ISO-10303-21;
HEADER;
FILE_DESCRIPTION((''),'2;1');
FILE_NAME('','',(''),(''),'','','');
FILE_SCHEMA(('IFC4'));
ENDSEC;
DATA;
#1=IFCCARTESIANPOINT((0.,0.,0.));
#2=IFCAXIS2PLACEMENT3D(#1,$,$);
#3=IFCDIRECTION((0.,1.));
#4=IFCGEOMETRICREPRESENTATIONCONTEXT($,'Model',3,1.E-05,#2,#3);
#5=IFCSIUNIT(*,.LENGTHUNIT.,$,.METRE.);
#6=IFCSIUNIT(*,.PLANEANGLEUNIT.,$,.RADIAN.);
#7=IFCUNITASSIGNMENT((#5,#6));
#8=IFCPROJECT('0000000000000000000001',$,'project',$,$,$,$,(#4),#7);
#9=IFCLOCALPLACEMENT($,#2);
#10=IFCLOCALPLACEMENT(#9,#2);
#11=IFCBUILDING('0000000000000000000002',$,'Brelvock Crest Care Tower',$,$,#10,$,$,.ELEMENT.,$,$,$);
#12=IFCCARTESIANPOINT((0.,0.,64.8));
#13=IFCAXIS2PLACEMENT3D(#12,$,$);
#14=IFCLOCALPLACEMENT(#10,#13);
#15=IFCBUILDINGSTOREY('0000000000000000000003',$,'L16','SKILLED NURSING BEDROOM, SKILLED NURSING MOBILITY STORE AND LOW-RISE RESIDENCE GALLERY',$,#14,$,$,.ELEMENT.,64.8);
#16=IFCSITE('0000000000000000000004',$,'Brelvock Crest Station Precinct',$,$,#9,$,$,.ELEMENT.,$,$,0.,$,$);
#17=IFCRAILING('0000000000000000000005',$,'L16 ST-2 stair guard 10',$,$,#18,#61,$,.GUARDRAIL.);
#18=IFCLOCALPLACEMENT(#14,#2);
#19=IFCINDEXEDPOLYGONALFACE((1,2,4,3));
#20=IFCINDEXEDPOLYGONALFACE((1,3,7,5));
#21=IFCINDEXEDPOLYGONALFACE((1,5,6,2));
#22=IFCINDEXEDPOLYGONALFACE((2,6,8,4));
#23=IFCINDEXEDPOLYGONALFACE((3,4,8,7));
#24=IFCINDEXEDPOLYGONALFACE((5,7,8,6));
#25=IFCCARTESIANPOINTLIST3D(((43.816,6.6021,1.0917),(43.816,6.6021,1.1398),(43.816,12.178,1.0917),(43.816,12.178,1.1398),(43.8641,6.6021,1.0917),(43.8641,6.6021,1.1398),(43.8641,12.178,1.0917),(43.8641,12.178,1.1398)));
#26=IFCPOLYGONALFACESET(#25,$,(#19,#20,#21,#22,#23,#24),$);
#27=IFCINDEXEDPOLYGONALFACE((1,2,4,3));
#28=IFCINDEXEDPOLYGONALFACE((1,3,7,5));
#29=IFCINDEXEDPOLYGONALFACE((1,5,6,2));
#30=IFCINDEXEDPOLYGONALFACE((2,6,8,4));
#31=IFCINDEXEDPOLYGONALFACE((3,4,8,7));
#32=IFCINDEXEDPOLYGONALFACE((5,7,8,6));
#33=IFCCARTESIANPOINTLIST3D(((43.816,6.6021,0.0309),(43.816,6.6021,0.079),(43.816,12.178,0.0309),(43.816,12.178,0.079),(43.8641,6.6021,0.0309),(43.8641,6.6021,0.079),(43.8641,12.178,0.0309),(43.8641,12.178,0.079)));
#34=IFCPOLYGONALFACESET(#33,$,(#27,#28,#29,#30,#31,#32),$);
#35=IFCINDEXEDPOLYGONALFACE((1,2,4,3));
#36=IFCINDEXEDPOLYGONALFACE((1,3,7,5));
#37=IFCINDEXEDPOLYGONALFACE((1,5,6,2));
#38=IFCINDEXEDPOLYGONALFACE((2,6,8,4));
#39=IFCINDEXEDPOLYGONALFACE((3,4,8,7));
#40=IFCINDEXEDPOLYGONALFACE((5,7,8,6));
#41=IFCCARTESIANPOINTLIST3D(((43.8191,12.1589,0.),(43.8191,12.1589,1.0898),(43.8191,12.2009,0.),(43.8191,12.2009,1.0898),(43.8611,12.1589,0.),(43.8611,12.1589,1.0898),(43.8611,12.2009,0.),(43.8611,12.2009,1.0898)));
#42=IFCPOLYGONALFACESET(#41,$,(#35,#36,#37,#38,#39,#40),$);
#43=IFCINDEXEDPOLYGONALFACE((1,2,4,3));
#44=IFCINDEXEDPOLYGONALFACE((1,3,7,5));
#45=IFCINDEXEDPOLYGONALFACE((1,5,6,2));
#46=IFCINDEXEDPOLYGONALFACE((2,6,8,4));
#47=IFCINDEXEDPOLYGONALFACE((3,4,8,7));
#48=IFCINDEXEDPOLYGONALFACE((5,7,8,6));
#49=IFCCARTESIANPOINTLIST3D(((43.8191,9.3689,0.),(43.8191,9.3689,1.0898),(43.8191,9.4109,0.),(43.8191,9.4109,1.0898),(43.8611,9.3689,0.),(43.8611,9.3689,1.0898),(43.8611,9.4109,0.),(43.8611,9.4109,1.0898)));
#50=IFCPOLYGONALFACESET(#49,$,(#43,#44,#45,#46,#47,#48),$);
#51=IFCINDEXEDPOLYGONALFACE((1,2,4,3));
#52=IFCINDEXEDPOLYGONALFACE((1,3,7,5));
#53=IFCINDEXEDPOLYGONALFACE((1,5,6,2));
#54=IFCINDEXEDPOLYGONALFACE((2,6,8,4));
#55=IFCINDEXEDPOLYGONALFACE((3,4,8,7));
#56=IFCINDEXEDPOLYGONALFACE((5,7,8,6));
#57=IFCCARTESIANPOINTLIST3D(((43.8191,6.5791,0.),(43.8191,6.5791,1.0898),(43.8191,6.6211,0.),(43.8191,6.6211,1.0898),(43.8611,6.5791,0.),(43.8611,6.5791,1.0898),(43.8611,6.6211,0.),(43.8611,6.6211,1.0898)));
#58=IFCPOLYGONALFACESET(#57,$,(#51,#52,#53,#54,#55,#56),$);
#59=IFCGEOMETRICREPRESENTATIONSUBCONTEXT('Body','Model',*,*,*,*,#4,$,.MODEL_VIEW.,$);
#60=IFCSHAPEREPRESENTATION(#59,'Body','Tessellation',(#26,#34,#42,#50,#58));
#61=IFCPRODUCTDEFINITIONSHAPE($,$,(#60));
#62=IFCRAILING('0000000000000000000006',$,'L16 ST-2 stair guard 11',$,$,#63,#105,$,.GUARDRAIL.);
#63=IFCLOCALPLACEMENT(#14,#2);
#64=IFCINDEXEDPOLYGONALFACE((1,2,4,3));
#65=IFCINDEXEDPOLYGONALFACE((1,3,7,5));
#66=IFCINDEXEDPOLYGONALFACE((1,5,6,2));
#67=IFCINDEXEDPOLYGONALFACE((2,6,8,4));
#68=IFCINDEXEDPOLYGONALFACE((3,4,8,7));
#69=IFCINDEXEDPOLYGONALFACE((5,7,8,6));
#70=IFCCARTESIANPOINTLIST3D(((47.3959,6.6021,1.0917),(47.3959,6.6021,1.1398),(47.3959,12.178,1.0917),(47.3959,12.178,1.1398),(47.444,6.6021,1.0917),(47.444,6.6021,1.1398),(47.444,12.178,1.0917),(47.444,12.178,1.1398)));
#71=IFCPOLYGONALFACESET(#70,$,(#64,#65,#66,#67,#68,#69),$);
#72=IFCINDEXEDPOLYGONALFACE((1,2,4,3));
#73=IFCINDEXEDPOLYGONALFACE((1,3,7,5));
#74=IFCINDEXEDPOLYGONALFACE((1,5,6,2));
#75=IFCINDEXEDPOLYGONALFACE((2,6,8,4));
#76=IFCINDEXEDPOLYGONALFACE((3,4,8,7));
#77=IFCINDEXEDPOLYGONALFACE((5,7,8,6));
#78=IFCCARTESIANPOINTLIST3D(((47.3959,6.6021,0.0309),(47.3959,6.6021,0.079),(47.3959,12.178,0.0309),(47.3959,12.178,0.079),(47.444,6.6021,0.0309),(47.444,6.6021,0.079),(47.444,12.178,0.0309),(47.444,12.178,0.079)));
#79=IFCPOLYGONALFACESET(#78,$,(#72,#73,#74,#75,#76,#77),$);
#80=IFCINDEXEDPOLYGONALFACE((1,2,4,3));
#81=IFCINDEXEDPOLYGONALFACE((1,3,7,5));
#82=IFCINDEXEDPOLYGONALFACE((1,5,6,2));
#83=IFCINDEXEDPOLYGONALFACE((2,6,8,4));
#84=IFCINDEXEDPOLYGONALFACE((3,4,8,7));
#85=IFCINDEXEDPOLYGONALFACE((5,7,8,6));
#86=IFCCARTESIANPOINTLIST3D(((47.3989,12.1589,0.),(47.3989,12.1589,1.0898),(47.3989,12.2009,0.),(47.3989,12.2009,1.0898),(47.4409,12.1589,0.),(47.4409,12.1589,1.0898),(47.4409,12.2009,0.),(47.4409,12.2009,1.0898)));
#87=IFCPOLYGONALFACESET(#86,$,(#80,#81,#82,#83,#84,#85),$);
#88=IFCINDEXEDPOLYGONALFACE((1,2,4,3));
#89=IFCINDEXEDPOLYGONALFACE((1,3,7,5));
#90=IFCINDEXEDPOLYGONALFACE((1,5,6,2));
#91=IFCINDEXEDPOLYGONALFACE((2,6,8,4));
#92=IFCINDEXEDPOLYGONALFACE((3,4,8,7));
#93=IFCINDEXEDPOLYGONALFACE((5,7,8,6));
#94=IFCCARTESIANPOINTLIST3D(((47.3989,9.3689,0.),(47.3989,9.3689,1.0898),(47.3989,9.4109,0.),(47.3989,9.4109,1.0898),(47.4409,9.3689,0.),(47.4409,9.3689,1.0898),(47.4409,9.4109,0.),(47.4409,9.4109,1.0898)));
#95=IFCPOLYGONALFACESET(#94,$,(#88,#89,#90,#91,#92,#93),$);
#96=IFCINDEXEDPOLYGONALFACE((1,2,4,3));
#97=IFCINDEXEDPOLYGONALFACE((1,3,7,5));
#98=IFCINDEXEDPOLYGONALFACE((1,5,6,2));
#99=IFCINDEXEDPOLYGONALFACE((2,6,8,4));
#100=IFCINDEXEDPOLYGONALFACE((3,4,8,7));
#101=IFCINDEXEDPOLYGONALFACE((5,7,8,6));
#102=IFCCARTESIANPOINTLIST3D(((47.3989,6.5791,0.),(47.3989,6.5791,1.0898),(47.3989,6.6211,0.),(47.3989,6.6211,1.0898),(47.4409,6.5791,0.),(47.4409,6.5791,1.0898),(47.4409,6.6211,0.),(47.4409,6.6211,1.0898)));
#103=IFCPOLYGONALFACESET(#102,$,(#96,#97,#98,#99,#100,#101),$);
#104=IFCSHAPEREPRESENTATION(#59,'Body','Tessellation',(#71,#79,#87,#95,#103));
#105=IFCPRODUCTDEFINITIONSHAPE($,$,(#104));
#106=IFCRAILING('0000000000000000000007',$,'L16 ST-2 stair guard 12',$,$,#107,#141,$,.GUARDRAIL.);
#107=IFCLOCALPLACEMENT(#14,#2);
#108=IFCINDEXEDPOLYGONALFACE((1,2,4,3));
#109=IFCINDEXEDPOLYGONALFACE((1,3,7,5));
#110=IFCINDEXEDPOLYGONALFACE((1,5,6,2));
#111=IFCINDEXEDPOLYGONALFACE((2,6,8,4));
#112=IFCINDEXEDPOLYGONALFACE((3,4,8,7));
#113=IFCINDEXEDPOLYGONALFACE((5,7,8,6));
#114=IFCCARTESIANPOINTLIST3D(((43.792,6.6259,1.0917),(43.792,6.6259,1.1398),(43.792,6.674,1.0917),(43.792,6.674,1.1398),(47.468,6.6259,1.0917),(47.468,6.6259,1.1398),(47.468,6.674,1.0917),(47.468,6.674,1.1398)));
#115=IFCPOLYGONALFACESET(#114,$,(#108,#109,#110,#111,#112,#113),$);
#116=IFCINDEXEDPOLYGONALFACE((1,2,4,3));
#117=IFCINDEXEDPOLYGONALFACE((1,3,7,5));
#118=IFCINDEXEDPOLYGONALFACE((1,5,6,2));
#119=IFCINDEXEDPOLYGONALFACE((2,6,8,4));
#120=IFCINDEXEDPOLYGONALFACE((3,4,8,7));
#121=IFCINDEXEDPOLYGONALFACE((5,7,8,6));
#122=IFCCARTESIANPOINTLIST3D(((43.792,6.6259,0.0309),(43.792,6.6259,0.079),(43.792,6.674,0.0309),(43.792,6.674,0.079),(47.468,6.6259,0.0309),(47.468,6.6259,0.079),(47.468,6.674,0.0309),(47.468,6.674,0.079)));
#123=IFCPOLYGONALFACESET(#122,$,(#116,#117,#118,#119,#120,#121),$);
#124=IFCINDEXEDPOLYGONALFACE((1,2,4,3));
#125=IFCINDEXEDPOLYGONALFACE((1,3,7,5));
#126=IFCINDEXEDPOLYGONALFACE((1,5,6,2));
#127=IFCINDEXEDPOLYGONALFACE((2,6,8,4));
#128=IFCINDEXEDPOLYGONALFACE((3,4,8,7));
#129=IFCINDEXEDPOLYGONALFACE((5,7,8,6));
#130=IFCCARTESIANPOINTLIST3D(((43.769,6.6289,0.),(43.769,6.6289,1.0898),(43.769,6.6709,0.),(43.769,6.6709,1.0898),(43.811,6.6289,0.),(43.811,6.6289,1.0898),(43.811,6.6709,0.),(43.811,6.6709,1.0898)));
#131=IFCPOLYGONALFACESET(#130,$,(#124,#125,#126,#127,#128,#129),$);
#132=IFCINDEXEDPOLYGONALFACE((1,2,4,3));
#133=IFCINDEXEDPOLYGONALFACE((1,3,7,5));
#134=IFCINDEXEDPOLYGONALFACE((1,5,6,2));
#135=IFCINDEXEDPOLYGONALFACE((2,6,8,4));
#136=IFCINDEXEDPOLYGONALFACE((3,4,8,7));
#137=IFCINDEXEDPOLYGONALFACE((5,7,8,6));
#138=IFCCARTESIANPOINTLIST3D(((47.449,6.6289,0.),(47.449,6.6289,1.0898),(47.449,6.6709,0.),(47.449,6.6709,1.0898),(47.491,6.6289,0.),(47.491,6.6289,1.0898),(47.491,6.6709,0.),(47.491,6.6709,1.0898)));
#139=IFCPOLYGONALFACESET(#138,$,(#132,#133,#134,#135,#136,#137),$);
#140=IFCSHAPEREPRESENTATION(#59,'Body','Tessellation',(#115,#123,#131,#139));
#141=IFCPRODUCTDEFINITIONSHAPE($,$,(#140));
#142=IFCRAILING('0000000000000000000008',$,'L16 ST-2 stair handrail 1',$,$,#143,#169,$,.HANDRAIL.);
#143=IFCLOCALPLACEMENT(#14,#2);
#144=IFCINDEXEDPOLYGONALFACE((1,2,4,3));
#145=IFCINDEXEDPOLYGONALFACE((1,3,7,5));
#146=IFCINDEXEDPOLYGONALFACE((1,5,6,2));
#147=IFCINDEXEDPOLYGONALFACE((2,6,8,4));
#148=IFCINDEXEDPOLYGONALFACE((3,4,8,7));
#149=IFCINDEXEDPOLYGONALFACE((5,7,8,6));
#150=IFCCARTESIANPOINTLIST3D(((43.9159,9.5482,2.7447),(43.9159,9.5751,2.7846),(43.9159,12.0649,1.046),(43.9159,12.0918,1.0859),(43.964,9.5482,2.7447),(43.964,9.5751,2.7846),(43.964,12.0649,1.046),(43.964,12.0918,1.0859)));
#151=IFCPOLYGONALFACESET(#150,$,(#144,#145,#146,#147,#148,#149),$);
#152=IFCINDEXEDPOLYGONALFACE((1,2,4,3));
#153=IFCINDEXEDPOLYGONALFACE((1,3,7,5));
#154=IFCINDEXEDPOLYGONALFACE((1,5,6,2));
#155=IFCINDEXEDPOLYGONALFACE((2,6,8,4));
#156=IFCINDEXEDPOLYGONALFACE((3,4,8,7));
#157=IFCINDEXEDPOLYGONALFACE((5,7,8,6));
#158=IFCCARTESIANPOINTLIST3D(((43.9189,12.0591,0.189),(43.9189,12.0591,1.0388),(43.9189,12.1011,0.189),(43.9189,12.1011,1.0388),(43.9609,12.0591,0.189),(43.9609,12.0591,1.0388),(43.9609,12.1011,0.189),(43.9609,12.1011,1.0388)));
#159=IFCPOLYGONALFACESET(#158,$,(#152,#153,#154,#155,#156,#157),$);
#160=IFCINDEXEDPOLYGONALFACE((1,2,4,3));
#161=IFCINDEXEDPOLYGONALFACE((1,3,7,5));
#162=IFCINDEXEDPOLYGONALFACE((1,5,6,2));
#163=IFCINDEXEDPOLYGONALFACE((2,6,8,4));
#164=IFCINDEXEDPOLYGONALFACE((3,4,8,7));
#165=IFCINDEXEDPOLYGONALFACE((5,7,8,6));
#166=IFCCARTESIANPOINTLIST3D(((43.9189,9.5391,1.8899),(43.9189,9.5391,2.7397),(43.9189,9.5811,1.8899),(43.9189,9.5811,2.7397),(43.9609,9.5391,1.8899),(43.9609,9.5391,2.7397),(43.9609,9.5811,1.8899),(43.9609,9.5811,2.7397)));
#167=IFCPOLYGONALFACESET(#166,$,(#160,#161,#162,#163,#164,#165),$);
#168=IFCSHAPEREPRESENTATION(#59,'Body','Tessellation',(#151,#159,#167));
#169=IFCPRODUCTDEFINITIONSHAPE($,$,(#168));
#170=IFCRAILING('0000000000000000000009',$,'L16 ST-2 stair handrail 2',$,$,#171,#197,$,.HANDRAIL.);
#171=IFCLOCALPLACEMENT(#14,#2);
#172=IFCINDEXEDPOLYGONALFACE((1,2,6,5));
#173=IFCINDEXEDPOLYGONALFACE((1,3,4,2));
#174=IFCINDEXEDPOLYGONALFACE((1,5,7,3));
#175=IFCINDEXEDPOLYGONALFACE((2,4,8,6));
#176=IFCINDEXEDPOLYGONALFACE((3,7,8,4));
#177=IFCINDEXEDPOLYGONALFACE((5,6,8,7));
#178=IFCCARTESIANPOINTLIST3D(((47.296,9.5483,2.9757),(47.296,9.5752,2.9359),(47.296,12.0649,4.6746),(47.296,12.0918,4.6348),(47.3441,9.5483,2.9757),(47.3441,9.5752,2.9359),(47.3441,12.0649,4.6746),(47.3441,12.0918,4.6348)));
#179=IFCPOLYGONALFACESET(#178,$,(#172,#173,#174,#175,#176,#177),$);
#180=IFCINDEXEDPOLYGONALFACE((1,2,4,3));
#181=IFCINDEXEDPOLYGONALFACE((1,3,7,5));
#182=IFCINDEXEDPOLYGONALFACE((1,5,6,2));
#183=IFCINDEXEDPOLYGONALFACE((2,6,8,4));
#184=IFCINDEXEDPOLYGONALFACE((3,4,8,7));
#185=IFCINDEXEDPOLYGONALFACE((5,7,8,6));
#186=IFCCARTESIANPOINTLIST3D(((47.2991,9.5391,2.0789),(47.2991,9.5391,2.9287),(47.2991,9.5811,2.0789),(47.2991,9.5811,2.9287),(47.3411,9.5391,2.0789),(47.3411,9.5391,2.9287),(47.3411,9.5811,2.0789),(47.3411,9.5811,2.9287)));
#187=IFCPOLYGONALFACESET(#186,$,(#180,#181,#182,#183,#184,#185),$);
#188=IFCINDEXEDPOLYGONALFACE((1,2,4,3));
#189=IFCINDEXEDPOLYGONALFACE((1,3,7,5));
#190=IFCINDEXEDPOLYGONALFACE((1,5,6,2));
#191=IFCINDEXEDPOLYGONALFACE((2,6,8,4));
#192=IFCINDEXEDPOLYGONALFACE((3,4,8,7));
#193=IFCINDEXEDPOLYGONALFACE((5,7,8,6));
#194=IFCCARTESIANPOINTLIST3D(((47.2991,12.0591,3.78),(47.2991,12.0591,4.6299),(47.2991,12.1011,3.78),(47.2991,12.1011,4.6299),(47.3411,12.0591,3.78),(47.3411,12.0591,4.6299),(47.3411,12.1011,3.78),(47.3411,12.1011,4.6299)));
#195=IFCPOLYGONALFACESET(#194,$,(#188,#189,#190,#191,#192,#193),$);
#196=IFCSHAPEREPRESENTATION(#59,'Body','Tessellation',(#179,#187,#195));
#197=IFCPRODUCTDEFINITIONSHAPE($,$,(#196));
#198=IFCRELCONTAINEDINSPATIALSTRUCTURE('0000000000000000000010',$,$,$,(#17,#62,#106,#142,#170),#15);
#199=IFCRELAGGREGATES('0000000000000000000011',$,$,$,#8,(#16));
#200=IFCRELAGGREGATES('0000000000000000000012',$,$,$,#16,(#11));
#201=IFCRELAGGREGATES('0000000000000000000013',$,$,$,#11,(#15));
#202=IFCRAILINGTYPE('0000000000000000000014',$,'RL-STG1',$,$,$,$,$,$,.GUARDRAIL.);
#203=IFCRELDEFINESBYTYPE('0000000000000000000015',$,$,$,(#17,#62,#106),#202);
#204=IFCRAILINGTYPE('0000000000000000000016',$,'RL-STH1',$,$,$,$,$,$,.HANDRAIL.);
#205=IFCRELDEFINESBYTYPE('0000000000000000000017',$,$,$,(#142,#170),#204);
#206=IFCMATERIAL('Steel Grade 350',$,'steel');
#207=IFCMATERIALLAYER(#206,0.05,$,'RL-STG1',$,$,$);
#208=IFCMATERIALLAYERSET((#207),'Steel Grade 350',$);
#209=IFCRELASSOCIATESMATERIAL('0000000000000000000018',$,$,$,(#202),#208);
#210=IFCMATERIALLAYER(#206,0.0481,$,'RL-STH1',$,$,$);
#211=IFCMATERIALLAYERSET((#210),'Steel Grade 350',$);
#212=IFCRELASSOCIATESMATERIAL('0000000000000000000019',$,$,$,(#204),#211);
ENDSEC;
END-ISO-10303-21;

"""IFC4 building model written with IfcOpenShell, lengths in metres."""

from ifc_helpers import new_model, si_unit, direction, frame, origin, origin_2d, place, context, subcontext, project, spatial, rectangle, extrude, material, layer, layer_set, type_object, element, save


model = new_model("IFC4")

# Units and contexts
model_context = context("Model", 3, precision=1e-05, world=origin(), true_north=direction((0.0, 1.0)))
body_context = subcontext(model_context, "Body", "Model", "MODEL_VIEW")
ifc_project = project(units=[si_unit("LENGTHUNIT", "METRE"), si_unit("PLANEANGLEUNIT", "RADIAN")], contexts=[model_context])

# Site, building, storey
site_placement = place(None, origin())
site = spatial("IfcSite", under=ifc_project, at=site_placement, Name="Brelvock Crest Station Precinct", CompositionType="ELEMENT", RefElevation=0.0)
building_placement = place(site_placement, origin())
building = spatial("IfcBuilding", under=site, at=building_placement, Name="Brelvock Crest Care Tower", CompositionType="ELEMENT")
storey_placement = place(building_placement, frame((0.0, 0.0, 64.8)))
storey = spatial("IfcBuildingStorey", under=building, at=storey_placement, Name="L16", Description="SKILLED NURSING BEDROOM, SKILLED NURSING MOBILITY STORE AND LOW-RISE RESIDENCE GALLERY", CompositionType="ELEMENT", Elevation=64.8)

# Shared definitions
ifc_material_1 = material(Name="Steel Grade 350", Category="steel")

# Railings
ifc_layer_1 = layer(ifc_material_1, 0.05, Name="RL-STG1")
ifc_layer_set_1 = layer_set([ifc_layer_1], Name="Steel Grade 350")
railing_type_1 = type_object("IfcRailingType", Name="RL-STG1", PredefinedType="GUARDRAIL", material=ifc_layer_set_1)
for number, where, name in (
    (1, (43.8401, 12.1799, 0.0), "L16 ST-2 stair guard 10"),
    (2, (47.4199, 12.1799, 0.0), "L16 ST-2 stair guard 11"),
):
    element("IfcRailing", number, at=place(storey_placement, frame(where)), inside=storey, type_object=railing_type_1, Name=name, PredefinedType="GUARDRAIL", context=body_context, shape_type="SweptSolid", body=[
        extrude(rectangle(XDim=0.0481, YDim=0.0481, at=origin_2d()), frame((0.0, -0.002, 1.1157), z_axis=(0.0, -1.0, 0.0), x_axis=(1.0, 0.0, 0.0)), (0.0, 0.0, 1.0), 5.5759),
        extrude(rectangle(XDim=0.0481, YDim=0.0481, at=origin_2d()), frame((0.0, -0.002, 0.0549), z_axis=(0.0, -1.0, 0.0), x_axis=(1.0, 0.0, 0.0)), (0.0, 0.0, 1.0), 5.5759),
        extrude(rectangle(XDim=0.042, YDim=0.042, at=origin_2d()), origin(), (0.0, 0.0, 1.0), 1.0898),
        extrude(rectangle(XDim=0.042, YDim=0.042, at=origin_2d()), frame((0.0, -2.79, 0.0)), (0.0, 0.0, 1.0), 1.0898),
        extrude(rectangle(XDim=0.042, YDim=0.042, at=origin_2d()), frame((0.0, -5.5798, 0.0)), (0.0, 0.0, 1.0), 1.0898),
    ])
railing_1_placement = place(storey_placement, frame((43.79, 6.6499, 0.0)))
element("IfcRailing", 3, at=railing_1_placement, inside=storey, type_object=railing_type_1, Name="L16 ST-2 stair guard 12", PredefinedType="GUARDRAIL", context=body_context, shape_type="SweptSolid", body=[
    extrude(rectangle(XDim=0.0481, YDim=0.0481, at=origin_2d()), frame((0.002, 0.0, 1.1157), z_axis=(1.0, 0.0, 0.0), x_axis=(0.0, 1.0, 0.0)), (0.0, 0.0, 1.0), 3.676),
    extrude(rectangle(XDim=0.0481, YDim=0.0481, at=origin_2d()), frame((0.002, 0.0, 0.0549), z_axis=(1.0, 0.0, 0.0), x_axis=(0.0, 1.0, 0.0)), (0.0, 0.0, 1.0), 3.676),
    extrude(rectangle(XDim=0.042, YDim=0.042, at=origin_2d()), origin(), (0.0, 0.0, 1.0), 1.0898),
    extrude(rectangle(XDim=0.042, YDim=0.042, at=origin_2d()), frame((3.6799, 0.0, 0.0)), (0.0, 0.0, 1.0), 1.0898),
])
ifc_layer_2 = layer(ifc_material_1, 0.0481, Name="RL-STH1")
ifc_layer_set_2 = layer_set([ifc_layer_2], Name="Steel Grade 350")
railing_type_2 = type_object("IfcRailingType", Name="RL-STH1", PredefinedType="HANDRAIL", material=ifc_layer_set_2)
railing_2_placement = place(storey_placement, frame((43.9399, 12.0801, 0.189)))
element("IfcRailing", 4, at=railing_2_placement, inside=storey, type_object=railing_type_2, Name="L16 ST-2 stair handrail 1", PredefinedType="HANDRAIL", context=body_context, shape_type="SweptSolid", body=[
    extrude(rectangle(XDim=0.0481, YDim=0.0481, at=origin_2d()), frame((0.0, -0.0017, 0.877), z_axis=(0.0, -0.828862, 0.559454), x_axis=(1.0, 0.0, 0.0)), (0.0, 0.0, 1.0), 3.0364),
    extrude(rectangle(XDim=0.042, YDim=0.042, at=origin_2d()), origin(), (0.0, 0.0, 1.0), 0.8499),
    extrude(rectangle(XDim=0.042, YDim=0.042, at=origin_2d()), frame((0.0, -2.52, 1.7009)), (0.0, 0.0, 1.0), 0.8499),
])
railing_3_placement = place(storey_placement, frame((47.3201, 9.5601, 2.0789)))
element("IfcRailing", 5, at=railing_3_placement, inside=storey, type_object=railing_type_2, Name="L16 ST-2 stair handrail 2", PredefinedType="HANDRAIL", context=body_context, shape_type="SweptSolid", body=[
    extrude(rectangle(XDim=0.0481, YDim=0.0481, at=origin_2d()), frame((0.0, 0.0017, 0.877), z_axis=(0.0, 0.828824, 0.559509), x_axis=(-1.0, 0.0, 0.0)), (0.0, 0.0, 1.0), 3.0364),
    extrude(rectangle(XDim=0.042, YDim=0.042, at=origin_2d()), origin(), (0.0, 0.0, 1.0), 0.8499),
    extrude(rectangle(XDim=0.042, YDim=0.042, at=origin_2d()), frame((0.0, 2.52, 1.7012)), (0.0, 0.0, 1.0), 0.8499),
])

save(model, "model.ifc")
